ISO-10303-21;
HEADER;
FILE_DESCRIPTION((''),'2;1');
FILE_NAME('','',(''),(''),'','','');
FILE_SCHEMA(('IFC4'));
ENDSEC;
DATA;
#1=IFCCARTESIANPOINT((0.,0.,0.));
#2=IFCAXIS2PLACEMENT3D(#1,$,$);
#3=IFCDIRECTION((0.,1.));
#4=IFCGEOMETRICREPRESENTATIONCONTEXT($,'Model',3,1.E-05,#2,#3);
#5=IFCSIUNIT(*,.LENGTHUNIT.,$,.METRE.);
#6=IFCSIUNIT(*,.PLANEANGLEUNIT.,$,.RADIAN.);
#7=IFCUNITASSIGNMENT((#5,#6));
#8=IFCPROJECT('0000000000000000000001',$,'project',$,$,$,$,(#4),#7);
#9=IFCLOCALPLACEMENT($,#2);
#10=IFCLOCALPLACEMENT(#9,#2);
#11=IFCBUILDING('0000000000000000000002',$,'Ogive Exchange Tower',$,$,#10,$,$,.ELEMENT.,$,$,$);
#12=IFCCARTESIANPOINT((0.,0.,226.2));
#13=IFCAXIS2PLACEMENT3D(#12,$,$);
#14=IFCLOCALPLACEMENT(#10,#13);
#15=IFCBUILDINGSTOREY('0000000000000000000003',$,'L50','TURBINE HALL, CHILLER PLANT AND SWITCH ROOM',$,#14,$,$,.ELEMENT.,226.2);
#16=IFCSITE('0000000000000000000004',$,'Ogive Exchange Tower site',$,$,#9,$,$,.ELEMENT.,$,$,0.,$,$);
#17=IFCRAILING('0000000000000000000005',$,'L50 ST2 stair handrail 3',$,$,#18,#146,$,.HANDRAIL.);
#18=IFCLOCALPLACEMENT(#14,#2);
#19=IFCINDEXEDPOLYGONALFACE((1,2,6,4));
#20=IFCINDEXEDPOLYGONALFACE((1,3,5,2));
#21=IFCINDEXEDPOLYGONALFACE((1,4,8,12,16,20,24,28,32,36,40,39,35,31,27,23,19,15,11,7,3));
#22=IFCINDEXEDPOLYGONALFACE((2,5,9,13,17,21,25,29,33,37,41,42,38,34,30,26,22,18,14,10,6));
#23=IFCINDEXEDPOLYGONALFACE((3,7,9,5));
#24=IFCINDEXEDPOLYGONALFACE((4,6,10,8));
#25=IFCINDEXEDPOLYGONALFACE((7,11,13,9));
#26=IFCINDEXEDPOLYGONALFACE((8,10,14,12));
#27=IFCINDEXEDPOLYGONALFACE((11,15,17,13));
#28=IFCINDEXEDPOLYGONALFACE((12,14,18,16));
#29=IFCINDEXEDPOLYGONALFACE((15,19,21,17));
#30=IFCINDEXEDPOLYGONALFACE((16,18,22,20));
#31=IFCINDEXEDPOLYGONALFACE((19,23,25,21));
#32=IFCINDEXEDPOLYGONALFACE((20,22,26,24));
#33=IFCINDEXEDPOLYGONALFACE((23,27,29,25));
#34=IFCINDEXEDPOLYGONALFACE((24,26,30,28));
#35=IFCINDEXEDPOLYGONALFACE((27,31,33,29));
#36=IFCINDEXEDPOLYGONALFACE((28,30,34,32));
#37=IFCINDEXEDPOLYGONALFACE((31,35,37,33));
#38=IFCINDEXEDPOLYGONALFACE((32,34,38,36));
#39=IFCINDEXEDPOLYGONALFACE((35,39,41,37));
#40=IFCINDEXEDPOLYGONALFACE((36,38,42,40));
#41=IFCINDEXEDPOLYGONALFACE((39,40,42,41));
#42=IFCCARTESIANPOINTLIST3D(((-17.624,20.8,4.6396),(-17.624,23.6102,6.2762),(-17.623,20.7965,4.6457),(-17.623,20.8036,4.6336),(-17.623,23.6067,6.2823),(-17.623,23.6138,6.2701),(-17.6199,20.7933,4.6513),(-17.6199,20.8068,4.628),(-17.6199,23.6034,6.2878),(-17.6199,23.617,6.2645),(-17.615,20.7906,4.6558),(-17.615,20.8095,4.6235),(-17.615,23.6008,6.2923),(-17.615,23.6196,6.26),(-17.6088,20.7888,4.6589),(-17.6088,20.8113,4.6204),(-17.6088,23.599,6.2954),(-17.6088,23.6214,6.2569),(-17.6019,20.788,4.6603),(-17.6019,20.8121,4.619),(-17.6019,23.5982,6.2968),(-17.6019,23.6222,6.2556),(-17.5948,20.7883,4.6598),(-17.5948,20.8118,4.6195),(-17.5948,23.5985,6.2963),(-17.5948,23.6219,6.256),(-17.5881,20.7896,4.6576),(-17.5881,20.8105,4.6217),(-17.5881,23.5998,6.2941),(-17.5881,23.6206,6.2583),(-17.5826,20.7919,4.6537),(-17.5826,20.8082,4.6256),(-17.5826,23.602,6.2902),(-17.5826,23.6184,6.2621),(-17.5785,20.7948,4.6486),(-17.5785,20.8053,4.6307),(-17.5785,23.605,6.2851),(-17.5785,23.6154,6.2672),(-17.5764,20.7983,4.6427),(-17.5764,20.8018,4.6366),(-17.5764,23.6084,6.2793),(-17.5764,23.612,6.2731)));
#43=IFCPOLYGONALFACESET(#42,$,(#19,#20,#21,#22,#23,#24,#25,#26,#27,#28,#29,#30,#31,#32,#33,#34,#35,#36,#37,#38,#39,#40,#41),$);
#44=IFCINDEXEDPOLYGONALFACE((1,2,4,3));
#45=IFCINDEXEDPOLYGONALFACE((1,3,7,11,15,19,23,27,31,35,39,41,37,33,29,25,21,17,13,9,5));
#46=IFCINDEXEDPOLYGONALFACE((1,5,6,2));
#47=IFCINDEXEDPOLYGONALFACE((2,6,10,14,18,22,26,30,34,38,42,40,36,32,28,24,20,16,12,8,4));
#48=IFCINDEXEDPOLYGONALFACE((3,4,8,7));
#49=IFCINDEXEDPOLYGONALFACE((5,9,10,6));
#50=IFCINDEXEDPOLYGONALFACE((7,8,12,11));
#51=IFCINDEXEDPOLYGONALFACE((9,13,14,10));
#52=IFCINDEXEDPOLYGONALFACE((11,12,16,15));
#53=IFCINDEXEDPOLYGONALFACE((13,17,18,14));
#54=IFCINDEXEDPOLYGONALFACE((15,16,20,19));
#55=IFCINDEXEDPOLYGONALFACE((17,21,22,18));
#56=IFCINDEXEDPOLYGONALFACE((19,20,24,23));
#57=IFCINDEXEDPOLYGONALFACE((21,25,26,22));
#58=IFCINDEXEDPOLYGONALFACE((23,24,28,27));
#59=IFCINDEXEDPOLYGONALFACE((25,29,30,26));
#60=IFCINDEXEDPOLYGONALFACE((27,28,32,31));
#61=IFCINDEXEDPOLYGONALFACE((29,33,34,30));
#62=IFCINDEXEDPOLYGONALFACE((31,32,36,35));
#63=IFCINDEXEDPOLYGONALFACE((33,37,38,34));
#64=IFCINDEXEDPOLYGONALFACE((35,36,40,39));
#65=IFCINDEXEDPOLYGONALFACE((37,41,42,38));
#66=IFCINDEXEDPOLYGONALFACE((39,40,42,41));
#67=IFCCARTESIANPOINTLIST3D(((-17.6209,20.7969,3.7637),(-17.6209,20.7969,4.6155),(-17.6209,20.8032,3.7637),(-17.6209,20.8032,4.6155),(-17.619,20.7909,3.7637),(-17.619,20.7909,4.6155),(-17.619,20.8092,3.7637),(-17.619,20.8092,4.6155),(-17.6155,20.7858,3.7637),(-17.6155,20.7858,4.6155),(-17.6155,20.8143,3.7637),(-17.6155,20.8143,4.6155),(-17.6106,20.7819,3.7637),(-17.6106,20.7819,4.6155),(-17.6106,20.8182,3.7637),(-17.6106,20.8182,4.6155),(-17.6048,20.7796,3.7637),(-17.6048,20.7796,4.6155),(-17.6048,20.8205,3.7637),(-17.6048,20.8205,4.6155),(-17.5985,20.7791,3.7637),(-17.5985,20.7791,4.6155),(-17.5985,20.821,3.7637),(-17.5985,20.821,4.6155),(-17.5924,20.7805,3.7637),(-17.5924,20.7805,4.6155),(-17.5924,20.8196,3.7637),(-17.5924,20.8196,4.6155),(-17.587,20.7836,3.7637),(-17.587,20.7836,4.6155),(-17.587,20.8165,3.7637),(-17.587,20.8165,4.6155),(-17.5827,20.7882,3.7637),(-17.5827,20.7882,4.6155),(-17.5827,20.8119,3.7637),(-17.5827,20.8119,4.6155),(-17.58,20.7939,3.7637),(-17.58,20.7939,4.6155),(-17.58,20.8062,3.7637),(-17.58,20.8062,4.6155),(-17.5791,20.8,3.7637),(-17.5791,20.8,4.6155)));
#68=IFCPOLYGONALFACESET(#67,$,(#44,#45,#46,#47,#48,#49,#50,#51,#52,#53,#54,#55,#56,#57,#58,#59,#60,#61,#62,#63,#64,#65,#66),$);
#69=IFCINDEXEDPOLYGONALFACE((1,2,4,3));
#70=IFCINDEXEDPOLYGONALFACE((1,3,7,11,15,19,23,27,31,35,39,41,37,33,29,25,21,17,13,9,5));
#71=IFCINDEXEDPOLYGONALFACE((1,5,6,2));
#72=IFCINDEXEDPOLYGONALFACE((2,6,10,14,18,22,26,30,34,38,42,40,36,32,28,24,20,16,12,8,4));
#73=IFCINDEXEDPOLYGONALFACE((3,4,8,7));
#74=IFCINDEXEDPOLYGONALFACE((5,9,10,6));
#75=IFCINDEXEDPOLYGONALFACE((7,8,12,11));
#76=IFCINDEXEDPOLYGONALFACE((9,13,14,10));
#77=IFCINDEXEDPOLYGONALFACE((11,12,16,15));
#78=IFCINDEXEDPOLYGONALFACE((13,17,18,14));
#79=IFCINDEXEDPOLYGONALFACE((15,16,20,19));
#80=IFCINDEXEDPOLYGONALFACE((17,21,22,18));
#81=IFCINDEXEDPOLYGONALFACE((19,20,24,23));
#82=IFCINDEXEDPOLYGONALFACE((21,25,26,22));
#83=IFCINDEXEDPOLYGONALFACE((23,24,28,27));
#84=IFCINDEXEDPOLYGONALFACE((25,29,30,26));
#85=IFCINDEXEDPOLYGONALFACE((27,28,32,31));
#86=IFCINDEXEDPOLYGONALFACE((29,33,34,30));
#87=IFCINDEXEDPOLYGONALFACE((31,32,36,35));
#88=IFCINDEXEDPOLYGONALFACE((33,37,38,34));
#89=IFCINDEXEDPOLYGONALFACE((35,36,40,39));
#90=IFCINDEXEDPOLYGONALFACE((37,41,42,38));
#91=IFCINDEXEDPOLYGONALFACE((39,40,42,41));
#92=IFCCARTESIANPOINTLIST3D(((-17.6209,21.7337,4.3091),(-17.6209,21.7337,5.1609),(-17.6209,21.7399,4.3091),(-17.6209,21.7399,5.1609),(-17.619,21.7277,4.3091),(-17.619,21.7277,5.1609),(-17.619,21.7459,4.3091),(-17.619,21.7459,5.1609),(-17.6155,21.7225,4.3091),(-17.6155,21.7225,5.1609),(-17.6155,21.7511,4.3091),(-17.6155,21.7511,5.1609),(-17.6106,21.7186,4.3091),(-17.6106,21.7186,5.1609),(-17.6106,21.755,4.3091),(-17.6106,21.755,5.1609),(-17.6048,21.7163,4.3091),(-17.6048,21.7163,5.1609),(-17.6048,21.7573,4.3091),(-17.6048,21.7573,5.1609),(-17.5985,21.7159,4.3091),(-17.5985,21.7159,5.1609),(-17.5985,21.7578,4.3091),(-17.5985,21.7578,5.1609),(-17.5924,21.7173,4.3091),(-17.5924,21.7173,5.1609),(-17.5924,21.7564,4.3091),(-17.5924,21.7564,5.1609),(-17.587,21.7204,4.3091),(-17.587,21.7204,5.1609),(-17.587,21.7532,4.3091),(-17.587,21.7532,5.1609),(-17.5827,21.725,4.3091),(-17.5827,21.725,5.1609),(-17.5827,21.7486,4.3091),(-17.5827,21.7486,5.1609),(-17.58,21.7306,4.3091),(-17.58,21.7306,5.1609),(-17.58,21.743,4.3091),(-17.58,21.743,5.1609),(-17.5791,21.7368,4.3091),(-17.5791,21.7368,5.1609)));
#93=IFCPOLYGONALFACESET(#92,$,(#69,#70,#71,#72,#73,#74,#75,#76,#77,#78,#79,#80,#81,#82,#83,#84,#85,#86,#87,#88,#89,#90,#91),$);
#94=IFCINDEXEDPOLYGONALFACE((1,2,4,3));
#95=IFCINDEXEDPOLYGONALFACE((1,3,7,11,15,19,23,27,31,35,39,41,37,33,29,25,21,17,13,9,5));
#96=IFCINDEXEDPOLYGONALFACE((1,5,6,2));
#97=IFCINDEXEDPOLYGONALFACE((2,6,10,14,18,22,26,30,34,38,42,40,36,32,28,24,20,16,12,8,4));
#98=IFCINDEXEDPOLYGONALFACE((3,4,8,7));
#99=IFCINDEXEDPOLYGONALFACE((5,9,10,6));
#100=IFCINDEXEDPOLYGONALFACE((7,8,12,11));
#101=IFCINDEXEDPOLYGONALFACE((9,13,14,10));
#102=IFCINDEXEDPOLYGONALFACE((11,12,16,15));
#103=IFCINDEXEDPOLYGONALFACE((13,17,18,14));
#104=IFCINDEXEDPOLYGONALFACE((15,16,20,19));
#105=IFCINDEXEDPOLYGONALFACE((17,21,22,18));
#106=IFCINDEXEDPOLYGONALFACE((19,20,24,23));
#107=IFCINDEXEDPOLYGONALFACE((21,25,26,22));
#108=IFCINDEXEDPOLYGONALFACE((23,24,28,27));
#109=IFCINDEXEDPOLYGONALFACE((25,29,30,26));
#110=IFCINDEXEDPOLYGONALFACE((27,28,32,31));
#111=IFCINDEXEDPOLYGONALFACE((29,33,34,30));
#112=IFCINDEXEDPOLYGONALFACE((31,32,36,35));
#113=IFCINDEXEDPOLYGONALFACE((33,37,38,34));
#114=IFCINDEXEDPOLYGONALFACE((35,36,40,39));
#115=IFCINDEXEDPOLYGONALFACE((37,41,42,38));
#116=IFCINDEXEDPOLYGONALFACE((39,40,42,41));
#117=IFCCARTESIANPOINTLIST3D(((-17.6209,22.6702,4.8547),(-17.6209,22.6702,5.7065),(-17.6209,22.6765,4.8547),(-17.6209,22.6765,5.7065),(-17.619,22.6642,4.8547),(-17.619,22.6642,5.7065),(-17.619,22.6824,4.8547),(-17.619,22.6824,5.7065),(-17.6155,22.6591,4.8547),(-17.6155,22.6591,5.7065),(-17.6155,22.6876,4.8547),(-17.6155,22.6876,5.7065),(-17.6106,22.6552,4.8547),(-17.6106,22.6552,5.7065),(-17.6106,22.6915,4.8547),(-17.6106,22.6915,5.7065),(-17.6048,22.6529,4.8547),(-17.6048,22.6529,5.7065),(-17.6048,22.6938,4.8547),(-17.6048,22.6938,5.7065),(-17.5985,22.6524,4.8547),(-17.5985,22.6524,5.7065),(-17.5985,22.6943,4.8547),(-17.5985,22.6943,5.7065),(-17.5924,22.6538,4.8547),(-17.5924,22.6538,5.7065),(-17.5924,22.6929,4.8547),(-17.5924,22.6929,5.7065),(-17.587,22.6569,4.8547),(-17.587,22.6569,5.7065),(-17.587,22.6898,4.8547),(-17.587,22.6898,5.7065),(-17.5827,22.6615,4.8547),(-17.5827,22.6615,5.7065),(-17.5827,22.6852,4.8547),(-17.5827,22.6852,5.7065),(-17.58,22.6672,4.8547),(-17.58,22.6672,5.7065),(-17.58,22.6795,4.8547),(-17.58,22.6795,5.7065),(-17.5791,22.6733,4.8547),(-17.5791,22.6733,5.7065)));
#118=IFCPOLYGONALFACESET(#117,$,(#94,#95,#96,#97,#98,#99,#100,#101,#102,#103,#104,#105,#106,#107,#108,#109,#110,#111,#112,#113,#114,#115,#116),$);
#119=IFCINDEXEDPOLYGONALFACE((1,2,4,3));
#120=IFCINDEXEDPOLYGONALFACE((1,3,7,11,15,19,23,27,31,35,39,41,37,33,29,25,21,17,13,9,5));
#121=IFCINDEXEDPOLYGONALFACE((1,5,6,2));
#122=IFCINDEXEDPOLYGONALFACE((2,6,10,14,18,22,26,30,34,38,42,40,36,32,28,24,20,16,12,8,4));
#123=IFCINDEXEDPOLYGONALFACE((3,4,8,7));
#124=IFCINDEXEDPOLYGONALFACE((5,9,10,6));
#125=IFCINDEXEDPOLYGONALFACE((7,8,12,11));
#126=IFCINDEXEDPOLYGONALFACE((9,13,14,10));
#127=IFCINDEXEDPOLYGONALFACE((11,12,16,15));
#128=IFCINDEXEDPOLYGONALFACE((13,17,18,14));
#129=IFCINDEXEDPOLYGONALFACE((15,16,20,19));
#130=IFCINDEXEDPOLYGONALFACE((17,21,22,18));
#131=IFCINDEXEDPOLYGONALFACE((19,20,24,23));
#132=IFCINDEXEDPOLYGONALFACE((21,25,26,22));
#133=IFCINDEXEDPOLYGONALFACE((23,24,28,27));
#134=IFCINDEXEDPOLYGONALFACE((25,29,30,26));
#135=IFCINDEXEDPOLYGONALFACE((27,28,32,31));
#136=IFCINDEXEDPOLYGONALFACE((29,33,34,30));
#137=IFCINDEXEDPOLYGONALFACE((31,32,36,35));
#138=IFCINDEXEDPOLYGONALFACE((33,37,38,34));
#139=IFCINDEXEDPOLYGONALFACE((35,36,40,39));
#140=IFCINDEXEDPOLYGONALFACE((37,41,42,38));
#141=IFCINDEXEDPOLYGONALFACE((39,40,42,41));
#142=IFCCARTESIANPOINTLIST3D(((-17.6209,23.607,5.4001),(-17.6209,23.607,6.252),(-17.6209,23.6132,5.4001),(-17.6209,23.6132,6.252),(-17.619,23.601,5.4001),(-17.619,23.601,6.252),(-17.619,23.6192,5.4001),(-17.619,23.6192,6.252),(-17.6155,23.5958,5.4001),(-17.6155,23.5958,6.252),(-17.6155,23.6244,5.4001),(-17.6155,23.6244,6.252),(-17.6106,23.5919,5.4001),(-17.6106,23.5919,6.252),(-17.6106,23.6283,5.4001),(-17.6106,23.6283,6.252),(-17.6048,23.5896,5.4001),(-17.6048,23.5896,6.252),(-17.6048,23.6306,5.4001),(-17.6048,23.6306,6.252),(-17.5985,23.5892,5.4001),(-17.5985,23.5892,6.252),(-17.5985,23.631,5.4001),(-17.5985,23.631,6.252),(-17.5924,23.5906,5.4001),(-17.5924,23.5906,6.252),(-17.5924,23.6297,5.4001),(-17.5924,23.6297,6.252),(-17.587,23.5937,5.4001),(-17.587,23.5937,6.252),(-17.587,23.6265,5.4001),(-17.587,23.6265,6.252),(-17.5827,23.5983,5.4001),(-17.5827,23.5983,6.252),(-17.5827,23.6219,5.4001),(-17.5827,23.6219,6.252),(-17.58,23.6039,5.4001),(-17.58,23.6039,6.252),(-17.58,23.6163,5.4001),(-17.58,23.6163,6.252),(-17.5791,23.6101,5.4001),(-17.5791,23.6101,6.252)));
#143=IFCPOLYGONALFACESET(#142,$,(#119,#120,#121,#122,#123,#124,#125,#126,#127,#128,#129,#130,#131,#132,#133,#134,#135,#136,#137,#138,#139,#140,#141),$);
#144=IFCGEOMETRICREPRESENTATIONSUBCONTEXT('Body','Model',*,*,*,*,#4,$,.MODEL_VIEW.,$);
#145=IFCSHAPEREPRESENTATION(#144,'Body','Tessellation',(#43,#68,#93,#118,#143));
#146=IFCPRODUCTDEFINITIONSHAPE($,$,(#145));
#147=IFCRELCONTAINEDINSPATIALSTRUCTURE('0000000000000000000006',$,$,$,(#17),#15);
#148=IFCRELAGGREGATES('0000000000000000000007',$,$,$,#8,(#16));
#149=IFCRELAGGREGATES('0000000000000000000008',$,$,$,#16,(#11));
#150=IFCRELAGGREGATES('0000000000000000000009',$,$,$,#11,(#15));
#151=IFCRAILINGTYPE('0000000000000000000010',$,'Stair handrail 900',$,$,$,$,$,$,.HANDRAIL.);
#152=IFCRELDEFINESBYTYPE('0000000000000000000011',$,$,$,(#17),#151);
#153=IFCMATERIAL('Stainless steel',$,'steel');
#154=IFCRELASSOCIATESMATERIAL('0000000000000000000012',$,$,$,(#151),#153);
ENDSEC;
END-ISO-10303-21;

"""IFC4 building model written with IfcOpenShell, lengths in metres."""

from ifc_helpers import new_model, si_unit, direction, frame, origin, origin_2d, place, context, subcontext, project, spatial, circle, extrude, material, type_object, element, save


model = new_model("IFC4")

# Units and contexts
model_context = context("Model", 3, precision=1e-05, world=origin(), true_north=direction((0.0, 1.0)))
body_context = subcontext(model_context, "Body", "Model", "MODEL_VIEW")
ifc_project = project(units=[si_unit("LENGTHUNIT", "METRE"), si_unit("PLANEANGLEUNIT", "RADIAN")], contexts=[model_context])

# Site, building, storey
site_placement = place(None, origin())
site = spatial("IfcSite", under=ifc_project, at=site_placement, Name="Ogive Exchange Tower site", CompositionType="ELEMENT", RefElevation=0.0)
building_placement = place(site_placement, origin())
building = spatial("IfcBuilding", under=site, at=building_placement, Name="Ogive Exchange Tower", CompositionType="ELEMENT")
storey_placement = place(building_placement, frame((0.0, 0.0, 226.2)))
storey = spatial("IfcBuildingStorey", under=building, at=storey_placement, Name="L50", Description="TURBINE HALL, CHILLER PLANT AND SWITCH ROOM", CompositionType="ELEMENT", Elevation=226.2)

# Railing
ifc_material_1 = material(Name="Stainless steel", Category="steel")
railing_type = type_object("IfcRailingType", Name="Stair handrail 900", PredefinedType="HANDRAIL", material=ifc_material_1)
for number, where, name in (
    (1, (-17.6001, 20.8, 3.7637), "L50 ST2 stair handrail 3"),
):
    element("IfcRailing", number, at=place(storey_placement, frame(where)), inside=storey, type_object=railing_type, Name=name, PredefinedType="HANDRAIL", context=body_context, shape_type="SweptSolid", body=[
        extrude(circle(Radius=0.0239, at=origin_2d()), frame((0.0, 0.0, 0.876), z_axis=(0.0, 0.864144, 0.503245), x_axis=(-1.0, 0.0, 0.0)), (0.0, 0.0, 1.0), 3.252),
        extrude(circle(Radius=0.021, at=origin_2d()), origin(), (0.0, 0.0, 1.0), 0.8518),
        extrude(circle(Radius=0.021, at=origin_2d()), frame((0.0, 0.9368, 0.5454)), (0.0, 0.0, 1.0), 0.8518),
        extrude(circle(Radius=0.021, at=origin_2d()), frame((0.0, 1.8733, 1.0911)), (0.0, 0.0, 1.0), 0.8518),
        extrude(circle(Radius=0.021, at=origin_2d()), frame((0.0, 2.8101, 1.6365)), (0.0, 0.0, 1.0), 0.8518),
    ])

save(model, "model.ifc")
